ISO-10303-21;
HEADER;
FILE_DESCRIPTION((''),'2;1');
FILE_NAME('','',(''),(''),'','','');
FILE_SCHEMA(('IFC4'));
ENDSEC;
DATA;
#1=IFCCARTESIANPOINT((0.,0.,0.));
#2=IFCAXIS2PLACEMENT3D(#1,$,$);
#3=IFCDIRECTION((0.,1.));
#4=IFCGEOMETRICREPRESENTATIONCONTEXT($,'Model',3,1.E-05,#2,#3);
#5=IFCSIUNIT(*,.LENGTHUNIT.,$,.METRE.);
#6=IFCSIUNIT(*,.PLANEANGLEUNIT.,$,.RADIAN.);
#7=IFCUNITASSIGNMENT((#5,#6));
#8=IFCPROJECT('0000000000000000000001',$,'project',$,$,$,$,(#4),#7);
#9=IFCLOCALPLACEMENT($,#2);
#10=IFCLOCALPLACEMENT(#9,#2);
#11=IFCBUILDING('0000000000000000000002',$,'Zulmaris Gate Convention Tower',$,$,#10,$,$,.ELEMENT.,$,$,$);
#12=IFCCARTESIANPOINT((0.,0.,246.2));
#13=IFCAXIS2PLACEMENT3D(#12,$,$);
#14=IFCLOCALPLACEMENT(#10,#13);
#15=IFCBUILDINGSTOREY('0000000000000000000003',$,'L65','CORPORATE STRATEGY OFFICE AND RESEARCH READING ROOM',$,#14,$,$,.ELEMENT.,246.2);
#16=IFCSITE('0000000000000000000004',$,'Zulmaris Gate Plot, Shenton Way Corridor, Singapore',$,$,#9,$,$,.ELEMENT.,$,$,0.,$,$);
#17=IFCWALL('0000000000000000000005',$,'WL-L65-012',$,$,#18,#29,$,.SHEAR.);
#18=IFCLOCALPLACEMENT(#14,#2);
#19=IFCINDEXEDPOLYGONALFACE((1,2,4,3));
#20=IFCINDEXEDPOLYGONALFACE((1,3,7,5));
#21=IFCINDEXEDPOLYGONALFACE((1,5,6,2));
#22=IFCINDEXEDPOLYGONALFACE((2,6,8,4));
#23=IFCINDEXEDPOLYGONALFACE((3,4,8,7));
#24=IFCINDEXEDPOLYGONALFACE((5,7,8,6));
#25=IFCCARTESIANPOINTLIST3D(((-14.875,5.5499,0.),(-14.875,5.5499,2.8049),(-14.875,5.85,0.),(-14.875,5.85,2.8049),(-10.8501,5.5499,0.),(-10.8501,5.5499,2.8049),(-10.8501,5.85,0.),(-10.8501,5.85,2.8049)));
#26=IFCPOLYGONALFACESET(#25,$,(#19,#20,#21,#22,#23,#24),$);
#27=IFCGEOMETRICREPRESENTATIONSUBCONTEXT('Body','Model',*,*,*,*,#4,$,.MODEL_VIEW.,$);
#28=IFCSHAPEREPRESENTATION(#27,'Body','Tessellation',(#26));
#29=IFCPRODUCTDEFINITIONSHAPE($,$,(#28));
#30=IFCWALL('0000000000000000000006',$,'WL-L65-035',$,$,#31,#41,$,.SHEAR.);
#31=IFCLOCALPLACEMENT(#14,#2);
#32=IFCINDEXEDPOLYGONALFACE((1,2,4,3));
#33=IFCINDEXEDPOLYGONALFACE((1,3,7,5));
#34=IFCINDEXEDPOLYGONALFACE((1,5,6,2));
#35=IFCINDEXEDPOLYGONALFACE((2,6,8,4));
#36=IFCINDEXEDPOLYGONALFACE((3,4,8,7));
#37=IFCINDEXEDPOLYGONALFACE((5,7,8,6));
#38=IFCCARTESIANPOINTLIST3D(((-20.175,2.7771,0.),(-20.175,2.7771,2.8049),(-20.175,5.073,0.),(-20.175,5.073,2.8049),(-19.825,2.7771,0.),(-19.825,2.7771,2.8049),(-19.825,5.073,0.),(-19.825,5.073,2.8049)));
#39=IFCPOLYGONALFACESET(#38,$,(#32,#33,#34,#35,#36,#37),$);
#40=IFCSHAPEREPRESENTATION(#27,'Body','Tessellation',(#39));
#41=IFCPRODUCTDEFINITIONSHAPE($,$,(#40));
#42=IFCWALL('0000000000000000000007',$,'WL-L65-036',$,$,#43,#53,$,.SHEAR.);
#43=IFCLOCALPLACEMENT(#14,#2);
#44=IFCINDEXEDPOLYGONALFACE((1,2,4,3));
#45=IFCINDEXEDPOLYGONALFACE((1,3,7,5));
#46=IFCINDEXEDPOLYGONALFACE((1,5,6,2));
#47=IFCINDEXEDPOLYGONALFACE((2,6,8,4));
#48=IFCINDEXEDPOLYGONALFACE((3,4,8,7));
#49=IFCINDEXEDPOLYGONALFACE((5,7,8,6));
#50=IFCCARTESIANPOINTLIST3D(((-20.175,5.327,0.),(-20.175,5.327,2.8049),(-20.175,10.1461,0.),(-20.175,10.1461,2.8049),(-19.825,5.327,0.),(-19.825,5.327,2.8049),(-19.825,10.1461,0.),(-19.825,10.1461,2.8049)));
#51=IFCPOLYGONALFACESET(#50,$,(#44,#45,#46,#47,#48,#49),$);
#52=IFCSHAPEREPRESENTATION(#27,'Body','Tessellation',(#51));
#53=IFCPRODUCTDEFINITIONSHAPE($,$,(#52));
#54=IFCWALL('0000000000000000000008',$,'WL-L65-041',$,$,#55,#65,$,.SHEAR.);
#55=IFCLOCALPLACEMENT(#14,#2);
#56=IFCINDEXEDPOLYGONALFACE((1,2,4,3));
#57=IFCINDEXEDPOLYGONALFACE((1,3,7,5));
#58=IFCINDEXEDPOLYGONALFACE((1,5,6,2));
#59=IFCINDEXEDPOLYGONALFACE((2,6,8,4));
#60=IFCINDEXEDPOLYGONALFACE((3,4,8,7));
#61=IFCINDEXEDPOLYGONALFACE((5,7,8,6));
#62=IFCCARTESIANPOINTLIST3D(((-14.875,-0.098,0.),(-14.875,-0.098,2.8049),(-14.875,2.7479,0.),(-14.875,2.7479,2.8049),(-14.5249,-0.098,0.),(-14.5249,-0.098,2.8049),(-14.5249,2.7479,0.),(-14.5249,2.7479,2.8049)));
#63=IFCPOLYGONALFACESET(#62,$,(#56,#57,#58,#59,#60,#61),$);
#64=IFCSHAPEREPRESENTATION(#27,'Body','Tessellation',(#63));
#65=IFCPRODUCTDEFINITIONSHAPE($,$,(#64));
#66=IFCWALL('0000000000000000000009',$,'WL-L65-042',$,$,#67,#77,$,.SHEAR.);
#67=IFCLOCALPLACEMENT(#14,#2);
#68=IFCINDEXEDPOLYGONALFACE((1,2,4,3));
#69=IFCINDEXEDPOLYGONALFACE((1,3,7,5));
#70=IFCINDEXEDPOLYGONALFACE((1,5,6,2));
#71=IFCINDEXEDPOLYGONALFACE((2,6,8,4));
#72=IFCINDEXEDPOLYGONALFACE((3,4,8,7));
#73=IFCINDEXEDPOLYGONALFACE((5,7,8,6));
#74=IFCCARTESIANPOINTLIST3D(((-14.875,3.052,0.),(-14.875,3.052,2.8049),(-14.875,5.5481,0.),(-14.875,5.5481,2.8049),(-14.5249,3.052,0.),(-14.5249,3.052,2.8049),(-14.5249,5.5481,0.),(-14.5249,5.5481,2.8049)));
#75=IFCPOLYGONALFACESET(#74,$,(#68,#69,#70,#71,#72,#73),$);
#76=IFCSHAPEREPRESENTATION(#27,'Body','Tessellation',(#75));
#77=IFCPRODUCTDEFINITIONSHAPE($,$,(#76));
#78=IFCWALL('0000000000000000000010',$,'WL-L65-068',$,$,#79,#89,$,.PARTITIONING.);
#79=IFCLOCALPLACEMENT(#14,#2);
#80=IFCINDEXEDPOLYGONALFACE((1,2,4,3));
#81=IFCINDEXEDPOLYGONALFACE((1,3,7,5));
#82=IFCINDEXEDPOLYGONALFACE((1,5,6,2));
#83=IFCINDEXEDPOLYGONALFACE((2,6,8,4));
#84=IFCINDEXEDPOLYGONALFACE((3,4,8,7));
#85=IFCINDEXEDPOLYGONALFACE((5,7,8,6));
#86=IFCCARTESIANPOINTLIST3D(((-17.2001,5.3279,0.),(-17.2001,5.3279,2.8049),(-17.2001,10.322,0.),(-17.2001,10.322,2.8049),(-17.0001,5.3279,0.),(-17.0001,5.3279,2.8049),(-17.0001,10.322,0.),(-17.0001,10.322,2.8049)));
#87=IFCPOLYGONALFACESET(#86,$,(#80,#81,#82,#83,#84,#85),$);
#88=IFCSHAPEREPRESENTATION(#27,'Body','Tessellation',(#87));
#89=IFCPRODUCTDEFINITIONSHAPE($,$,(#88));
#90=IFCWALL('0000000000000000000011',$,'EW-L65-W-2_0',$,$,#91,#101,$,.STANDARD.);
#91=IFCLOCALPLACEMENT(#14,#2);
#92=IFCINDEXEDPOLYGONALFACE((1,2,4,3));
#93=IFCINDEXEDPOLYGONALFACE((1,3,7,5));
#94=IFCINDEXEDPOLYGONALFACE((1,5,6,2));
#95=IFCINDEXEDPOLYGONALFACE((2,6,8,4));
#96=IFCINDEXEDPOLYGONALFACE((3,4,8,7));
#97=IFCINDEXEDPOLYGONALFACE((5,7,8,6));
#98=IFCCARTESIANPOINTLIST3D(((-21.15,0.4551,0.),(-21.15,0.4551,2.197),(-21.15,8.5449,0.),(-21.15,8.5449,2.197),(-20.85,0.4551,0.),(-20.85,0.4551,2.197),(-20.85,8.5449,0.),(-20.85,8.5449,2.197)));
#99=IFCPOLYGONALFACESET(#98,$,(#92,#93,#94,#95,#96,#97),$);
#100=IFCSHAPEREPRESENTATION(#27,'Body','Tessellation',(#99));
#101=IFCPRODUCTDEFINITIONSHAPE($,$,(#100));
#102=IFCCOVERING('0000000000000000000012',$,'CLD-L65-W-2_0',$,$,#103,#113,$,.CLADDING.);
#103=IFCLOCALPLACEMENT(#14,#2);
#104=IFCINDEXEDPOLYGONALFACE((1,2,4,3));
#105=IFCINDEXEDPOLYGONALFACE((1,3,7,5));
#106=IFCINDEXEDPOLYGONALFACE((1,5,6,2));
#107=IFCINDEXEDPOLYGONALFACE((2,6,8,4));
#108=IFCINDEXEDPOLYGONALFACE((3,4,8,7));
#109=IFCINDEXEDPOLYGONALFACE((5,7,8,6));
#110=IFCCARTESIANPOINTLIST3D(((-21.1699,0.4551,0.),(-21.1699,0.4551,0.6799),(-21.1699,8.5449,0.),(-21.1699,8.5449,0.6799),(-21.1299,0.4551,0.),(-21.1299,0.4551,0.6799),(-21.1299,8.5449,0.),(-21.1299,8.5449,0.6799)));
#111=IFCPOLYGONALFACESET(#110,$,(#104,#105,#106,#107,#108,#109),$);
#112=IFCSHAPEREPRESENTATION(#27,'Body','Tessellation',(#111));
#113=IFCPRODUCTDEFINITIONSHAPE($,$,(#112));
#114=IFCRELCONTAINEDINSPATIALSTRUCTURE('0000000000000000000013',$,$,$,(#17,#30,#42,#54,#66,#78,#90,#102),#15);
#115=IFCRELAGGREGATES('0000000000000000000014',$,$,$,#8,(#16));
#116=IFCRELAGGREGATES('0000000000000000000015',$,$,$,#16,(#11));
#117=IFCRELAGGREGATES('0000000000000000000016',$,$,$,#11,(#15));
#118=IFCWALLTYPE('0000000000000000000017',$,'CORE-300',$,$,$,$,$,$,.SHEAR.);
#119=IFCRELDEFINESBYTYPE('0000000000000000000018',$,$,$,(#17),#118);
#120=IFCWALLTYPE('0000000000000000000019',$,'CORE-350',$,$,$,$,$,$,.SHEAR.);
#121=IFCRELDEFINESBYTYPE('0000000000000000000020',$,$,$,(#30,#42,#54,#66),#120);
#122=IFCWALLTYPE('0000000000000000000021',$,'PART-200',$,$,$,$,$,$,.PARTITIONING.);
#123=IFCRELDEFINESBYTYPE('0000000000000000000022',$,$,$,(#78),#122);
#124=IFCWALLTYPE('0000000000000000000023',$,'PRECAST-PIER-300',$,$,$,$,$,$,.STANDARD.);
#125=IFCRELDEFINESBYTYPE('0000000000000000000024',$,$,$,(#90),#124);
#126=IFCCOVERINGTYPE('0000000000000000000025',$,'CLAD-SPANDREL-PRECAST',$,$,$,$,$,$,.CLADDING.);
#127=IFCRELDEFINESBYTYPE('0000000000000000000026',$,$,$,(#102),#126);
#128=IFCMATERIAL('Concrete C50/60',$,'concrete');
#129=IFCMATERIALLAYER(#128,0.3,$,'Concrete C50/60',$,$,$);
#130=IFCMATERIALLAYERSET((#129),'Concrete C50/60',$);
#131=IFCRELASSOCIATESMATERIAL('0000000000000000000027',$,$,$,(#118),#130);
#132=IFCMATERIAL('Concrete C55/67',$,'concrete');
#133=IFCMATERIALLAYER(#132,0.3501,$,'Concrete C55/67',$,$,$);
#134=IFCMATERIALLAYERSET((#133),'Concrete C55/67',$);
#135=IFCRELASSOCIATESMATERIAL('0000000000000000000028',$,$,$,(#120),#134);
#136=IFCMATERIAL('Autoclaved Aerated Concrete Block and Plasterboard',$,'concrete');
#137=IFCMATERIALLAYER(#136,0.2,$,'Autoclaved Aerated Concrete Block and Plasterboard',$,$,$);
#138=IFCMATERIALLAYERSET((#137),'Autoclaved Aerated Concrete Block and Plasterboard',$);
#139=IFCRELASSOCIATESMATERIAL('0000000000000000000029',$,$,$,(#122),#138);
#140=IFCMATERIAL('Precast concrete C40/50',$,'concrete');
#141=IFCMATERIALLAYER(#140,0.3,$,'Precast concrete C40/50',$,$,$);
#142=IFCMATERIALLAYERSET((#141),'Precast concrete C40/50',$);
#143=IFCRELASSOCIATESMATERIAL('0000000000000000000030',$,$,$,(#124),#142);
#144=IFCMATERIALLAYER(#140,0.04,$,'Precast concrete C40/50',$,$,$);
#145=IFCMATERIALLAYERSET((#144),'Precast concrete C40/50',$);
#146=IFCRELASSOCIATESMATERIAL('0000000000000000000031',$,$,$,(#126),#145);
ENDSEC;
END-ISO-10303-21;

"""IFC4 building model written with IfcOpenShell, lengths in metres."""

from ifc_helpers import new_model, si_unit, direction, frame, frame_2d, origin, place, context, subcontext, project, spatial, rectangle, extrude, material, layer, layer_set, type_object, element, save


model = new_model("IFC4")

# Units and contexts
model_context = context("Model", 3, precision=1e-05, world=origin(), true_north=direction((0.0, 1.0)))
body_context = subcontext(model_context, "Body", "Model", "MODEL_VIEW")
ifc_project = project(units=[si_unit("LENGTHUNIT", "METRE"), si_unit("PLANEANGLEUNIT", "RADIAN")], contexts=[model_context])

# Site, building, storey
site_placement = place(None, origin())
site = spatial("IfcSite", under=ifc_project, at=site_placement, Name="Zulmaris Gate Plot, Shenton Way Corridor, Singapore", CompositionType="ELEMENT", RefElevation=0.0)
building_placement = place(site_placement, origin())
building = spatial("IfcBuilding", under=site, at=building_placement, Name="Zulmaris Gate Convention Tower", CompositionType="ELEMENT")
storey_placement = place(building_placement, frame((0.0, 0.0, 246.2)))
storey = spatial("IfcBuildingStorey", under=building, at=storey_placement, Name="L65", Description="CORPORATE STRATEGY OFFICE AND RESEARCH READING ROOM", CompositionType="ELEMENT", Elevation=246.2)

# Shared definitions
ifc_material_1 = material(Name="Concrete C50/60", Category="concrete")

# Shared definitions
ifc_layer_1 = layer(ifc_material_1, 0.3, Name="Concrete C50/60")
ifc_layer_set_1 = layer_set([ifc_layer_1], Name="Concrete C50/60")
wall_type_1 = type_object("IfcWallType", Name="CORE-300", PredefinedType="SHEAR", material=ifc_layer_set_1)

# Walls
wall_1_placement = place(storey_placement, frame((-14.875, 5.7, 0.0), z_axis=(0.0, 0.0, 1.0), x_axis=(1.0, 0.0, 0.0)))
element("IfcWall", 1, at=wall_1_placement, inside=storey, type_object=wall_type_1, Name="WL-L65-012", PredefinedType="SHEAR", context=body_context, shape_type="SweptSolid", body=[
    extrude(rectangle(XDim=4.0249, YDim=0.3, at=frame_2d((2.0125, 0.0))), origin(), (0.0, 0.0, 1.0), 2.8049),
])
ifc_material_2 = material(Name="Concrete C55/67", Category="concrete")
ifc_layer_2 = layer(ifc_material_2, 0.3501, Name="Concrete C55/67")
ifc_layer_set_2 = layer_set([ifc_layer_2], Name="Concrete C55/67")
wall_type_2 = type_object("IfcWallType", Name="CORE-350", PredefinedType="SHEAR", material=ifc_layer_set_2)
wall_2_placement = place(storey_placement, frame((-20.0, 2.7771, 0.0), z_axis=(0.0, 0.0, 1.0), x_axis=(0.0, 1.0, 0.0)))
element("IfcWall", 2, at=wall_2_placement, inside=storey, type_object=wall_type_2, Name="WL-L65-035", PredefinedType="SHEAR", context=body_context, shape_type="SweptSolid", body=[
    extrude(rectangle(XDim=2.2959, YDim=0.3501, at=frame_2d((1.1479, 0.0))), origin(), (0.0, 0.0, 1.0), 2.8049),
])
wall_3_placement = place(storey_placement, frame((-20.0, 5.3269, 0.0), z_axis=(0.0, 0.0, 1.0), x_axis=(0.0, 1.0, 0.0)))
element("IfcWall", 3, at=wall_3_placement, inside=storey, type_object=wall_type_2, Name="WL-L65-036", PredefinedType="SHEAR", context=body_context, shape_type="SweptSolid", body=[
    extrude(rectangle(XDim=4.8191, YDim=0.3501, at=frame_2d((2.4097, 0.0))), origin(), (0.0, 0.0, 1.0), 2.8049),
])
wall_4_placement = place(storey_placement, frame((-14.7, -0.0979, 0.0), z_axis=(0.0, 0.0, 1.0), x_axis=(0.0, 1.0, 0.0)))
element("IfcWall", 4, at=wall_4_placement, inside=storey, type_object=wall_type_2, Name="WL-L65-041", PredefinedType="SHEAR", context=body_context, shape_type="SweptSolid", body=[
    extrude(rectangle(XDim=2.8459, YDim=0.3501, at=frame_2d((1.4229, 0.0))), origin(), (0.0, 0.0, 1.0), 2.8049),
])
wall_5_placement = place(storey_placement, frame((-14.7, 3.052, 0.0), z_axis=(0.0, 0.0, 1.0), x_axis=(0.0, 1.0, 0.0)))
element("IfcWall", 5, at=wall_5_placement, inside=storey, type_object=wall_type_2, Name="WL-L65-042", PredefinedType="SHEAR", context=body_context, shape_type="SweptSolid", body=[
    extrude(rectangle(XDim=2.4961, YDim=0.3501, at=frame_2d((1.248, 0.0))), origin(), (0.0, 0.0, 1.0), 2.8049),
])

# Walls
ifc_material_3 = material(Name="Autoclaved Aerated Concrete Block and Plasterboard", Category="concrete")
ifc_layer_3 = layer(ifc_material_3, 0.2, Name="Autoclaved Aerated Concrete Block and Plasterboard")
ifc_layer_set_3 = layer_set([ifc_layer_3], Name="Autoclaved Aerated Concrete Block and Plasterboard")
wall_type_3 = type_object("IfcWallType", Name="PART-200", PredefinedType="PARTITIONING", material=ifc_layer_set_3)
wall_6_placement = place(storey_placement, frame((-17.1001, 5.3279, 0.0), z_axis=(0.0, 0.0, 1.0), x_axis=(0.0, 1.0, 0.0)))
element("IfcWall", 6, at=wall_6_placement, inside=storey, type_object=wall_type_3, Name="WL-L65-068", PredefinedType="PARTITIONING", context=body_context, shape_type="SweptSolid", body=[
    extrude(rectangle(XDim=4.9941, YDim=0.2, at=frame_2d((2.4971, 0.0))), origin(), (0.0, 0.0, 1.0), 2.8049),
])
ifc_material_4 = material(Name="Precast concrete C40/50", Category="concrete")
ifc_layer_4 = layer(ifc_material_4, 0.3, Name="Precast concrete C40/50")
ifc_layer_set_4 = layer_set([ifc_layer_4], Name="Precast concrete C40/50")
wall_type_4 = type_object("IfcWallType", Name="PRECAST-PIER-300", PredefinedType="STANDARD", material=ifc_layer_set_4)
wall_7_placement = place(storey_placement, frame((-21.0, 8.5449, 0.0), z_axis=(0.0, 0.0, 1.0), x_axis=(0.0, -1.0, 0.0)))
element("IfcWall", 7, at=wall_7_placement, inside=storey, type_object=wall_type_4, Name="EW-L65-W-2_0", PredefinedType="STANDARD", context=body_context, shape_type="SweptSolid", body=[
    extrude(rectangle(XDim=8.0898, YDim=0.3, at=frame_2d((4.0449, 0.0))), origin(), (0.0, 0.0, 1.0), 2.197),
])

# Covering
ifc_layer_5 = layer(ifc_material_4, 0.04, Name="Precast concrete C40/50")
ifc_layer_set_5 = layer_set([ifc_layer_5], Name="Precast concrete C40/50")
covering_type = type_object("IfcCoveringType", Name="CLAD-SPANDREL-PRECAST", PredefinedType="CLADDING", material=ifc_layer_set_5)
covering_placement = place(storey_placement, frame((-21.1499, 8.5449, 0.0), z_axis=(0.0, 0.0, 1.0), x_axis=(0.0, -1.0, 0.0)))
element("IfcCovering", 8, at=covering_placement, inside=storey, type_object=covering_type, Name="CLD-L65-W-2_0", PredefinedType="CLADDING", context=body_context, shape_type="SweptSolid", body=[
    extrude(rectangle(XDim=8.0898, YDim=0.04, at=frame_2d((4.0449, 0.0))), origin(), (0.0, 0.0, 1.0), 0.6799),
])

save(model, "model.ifc")
